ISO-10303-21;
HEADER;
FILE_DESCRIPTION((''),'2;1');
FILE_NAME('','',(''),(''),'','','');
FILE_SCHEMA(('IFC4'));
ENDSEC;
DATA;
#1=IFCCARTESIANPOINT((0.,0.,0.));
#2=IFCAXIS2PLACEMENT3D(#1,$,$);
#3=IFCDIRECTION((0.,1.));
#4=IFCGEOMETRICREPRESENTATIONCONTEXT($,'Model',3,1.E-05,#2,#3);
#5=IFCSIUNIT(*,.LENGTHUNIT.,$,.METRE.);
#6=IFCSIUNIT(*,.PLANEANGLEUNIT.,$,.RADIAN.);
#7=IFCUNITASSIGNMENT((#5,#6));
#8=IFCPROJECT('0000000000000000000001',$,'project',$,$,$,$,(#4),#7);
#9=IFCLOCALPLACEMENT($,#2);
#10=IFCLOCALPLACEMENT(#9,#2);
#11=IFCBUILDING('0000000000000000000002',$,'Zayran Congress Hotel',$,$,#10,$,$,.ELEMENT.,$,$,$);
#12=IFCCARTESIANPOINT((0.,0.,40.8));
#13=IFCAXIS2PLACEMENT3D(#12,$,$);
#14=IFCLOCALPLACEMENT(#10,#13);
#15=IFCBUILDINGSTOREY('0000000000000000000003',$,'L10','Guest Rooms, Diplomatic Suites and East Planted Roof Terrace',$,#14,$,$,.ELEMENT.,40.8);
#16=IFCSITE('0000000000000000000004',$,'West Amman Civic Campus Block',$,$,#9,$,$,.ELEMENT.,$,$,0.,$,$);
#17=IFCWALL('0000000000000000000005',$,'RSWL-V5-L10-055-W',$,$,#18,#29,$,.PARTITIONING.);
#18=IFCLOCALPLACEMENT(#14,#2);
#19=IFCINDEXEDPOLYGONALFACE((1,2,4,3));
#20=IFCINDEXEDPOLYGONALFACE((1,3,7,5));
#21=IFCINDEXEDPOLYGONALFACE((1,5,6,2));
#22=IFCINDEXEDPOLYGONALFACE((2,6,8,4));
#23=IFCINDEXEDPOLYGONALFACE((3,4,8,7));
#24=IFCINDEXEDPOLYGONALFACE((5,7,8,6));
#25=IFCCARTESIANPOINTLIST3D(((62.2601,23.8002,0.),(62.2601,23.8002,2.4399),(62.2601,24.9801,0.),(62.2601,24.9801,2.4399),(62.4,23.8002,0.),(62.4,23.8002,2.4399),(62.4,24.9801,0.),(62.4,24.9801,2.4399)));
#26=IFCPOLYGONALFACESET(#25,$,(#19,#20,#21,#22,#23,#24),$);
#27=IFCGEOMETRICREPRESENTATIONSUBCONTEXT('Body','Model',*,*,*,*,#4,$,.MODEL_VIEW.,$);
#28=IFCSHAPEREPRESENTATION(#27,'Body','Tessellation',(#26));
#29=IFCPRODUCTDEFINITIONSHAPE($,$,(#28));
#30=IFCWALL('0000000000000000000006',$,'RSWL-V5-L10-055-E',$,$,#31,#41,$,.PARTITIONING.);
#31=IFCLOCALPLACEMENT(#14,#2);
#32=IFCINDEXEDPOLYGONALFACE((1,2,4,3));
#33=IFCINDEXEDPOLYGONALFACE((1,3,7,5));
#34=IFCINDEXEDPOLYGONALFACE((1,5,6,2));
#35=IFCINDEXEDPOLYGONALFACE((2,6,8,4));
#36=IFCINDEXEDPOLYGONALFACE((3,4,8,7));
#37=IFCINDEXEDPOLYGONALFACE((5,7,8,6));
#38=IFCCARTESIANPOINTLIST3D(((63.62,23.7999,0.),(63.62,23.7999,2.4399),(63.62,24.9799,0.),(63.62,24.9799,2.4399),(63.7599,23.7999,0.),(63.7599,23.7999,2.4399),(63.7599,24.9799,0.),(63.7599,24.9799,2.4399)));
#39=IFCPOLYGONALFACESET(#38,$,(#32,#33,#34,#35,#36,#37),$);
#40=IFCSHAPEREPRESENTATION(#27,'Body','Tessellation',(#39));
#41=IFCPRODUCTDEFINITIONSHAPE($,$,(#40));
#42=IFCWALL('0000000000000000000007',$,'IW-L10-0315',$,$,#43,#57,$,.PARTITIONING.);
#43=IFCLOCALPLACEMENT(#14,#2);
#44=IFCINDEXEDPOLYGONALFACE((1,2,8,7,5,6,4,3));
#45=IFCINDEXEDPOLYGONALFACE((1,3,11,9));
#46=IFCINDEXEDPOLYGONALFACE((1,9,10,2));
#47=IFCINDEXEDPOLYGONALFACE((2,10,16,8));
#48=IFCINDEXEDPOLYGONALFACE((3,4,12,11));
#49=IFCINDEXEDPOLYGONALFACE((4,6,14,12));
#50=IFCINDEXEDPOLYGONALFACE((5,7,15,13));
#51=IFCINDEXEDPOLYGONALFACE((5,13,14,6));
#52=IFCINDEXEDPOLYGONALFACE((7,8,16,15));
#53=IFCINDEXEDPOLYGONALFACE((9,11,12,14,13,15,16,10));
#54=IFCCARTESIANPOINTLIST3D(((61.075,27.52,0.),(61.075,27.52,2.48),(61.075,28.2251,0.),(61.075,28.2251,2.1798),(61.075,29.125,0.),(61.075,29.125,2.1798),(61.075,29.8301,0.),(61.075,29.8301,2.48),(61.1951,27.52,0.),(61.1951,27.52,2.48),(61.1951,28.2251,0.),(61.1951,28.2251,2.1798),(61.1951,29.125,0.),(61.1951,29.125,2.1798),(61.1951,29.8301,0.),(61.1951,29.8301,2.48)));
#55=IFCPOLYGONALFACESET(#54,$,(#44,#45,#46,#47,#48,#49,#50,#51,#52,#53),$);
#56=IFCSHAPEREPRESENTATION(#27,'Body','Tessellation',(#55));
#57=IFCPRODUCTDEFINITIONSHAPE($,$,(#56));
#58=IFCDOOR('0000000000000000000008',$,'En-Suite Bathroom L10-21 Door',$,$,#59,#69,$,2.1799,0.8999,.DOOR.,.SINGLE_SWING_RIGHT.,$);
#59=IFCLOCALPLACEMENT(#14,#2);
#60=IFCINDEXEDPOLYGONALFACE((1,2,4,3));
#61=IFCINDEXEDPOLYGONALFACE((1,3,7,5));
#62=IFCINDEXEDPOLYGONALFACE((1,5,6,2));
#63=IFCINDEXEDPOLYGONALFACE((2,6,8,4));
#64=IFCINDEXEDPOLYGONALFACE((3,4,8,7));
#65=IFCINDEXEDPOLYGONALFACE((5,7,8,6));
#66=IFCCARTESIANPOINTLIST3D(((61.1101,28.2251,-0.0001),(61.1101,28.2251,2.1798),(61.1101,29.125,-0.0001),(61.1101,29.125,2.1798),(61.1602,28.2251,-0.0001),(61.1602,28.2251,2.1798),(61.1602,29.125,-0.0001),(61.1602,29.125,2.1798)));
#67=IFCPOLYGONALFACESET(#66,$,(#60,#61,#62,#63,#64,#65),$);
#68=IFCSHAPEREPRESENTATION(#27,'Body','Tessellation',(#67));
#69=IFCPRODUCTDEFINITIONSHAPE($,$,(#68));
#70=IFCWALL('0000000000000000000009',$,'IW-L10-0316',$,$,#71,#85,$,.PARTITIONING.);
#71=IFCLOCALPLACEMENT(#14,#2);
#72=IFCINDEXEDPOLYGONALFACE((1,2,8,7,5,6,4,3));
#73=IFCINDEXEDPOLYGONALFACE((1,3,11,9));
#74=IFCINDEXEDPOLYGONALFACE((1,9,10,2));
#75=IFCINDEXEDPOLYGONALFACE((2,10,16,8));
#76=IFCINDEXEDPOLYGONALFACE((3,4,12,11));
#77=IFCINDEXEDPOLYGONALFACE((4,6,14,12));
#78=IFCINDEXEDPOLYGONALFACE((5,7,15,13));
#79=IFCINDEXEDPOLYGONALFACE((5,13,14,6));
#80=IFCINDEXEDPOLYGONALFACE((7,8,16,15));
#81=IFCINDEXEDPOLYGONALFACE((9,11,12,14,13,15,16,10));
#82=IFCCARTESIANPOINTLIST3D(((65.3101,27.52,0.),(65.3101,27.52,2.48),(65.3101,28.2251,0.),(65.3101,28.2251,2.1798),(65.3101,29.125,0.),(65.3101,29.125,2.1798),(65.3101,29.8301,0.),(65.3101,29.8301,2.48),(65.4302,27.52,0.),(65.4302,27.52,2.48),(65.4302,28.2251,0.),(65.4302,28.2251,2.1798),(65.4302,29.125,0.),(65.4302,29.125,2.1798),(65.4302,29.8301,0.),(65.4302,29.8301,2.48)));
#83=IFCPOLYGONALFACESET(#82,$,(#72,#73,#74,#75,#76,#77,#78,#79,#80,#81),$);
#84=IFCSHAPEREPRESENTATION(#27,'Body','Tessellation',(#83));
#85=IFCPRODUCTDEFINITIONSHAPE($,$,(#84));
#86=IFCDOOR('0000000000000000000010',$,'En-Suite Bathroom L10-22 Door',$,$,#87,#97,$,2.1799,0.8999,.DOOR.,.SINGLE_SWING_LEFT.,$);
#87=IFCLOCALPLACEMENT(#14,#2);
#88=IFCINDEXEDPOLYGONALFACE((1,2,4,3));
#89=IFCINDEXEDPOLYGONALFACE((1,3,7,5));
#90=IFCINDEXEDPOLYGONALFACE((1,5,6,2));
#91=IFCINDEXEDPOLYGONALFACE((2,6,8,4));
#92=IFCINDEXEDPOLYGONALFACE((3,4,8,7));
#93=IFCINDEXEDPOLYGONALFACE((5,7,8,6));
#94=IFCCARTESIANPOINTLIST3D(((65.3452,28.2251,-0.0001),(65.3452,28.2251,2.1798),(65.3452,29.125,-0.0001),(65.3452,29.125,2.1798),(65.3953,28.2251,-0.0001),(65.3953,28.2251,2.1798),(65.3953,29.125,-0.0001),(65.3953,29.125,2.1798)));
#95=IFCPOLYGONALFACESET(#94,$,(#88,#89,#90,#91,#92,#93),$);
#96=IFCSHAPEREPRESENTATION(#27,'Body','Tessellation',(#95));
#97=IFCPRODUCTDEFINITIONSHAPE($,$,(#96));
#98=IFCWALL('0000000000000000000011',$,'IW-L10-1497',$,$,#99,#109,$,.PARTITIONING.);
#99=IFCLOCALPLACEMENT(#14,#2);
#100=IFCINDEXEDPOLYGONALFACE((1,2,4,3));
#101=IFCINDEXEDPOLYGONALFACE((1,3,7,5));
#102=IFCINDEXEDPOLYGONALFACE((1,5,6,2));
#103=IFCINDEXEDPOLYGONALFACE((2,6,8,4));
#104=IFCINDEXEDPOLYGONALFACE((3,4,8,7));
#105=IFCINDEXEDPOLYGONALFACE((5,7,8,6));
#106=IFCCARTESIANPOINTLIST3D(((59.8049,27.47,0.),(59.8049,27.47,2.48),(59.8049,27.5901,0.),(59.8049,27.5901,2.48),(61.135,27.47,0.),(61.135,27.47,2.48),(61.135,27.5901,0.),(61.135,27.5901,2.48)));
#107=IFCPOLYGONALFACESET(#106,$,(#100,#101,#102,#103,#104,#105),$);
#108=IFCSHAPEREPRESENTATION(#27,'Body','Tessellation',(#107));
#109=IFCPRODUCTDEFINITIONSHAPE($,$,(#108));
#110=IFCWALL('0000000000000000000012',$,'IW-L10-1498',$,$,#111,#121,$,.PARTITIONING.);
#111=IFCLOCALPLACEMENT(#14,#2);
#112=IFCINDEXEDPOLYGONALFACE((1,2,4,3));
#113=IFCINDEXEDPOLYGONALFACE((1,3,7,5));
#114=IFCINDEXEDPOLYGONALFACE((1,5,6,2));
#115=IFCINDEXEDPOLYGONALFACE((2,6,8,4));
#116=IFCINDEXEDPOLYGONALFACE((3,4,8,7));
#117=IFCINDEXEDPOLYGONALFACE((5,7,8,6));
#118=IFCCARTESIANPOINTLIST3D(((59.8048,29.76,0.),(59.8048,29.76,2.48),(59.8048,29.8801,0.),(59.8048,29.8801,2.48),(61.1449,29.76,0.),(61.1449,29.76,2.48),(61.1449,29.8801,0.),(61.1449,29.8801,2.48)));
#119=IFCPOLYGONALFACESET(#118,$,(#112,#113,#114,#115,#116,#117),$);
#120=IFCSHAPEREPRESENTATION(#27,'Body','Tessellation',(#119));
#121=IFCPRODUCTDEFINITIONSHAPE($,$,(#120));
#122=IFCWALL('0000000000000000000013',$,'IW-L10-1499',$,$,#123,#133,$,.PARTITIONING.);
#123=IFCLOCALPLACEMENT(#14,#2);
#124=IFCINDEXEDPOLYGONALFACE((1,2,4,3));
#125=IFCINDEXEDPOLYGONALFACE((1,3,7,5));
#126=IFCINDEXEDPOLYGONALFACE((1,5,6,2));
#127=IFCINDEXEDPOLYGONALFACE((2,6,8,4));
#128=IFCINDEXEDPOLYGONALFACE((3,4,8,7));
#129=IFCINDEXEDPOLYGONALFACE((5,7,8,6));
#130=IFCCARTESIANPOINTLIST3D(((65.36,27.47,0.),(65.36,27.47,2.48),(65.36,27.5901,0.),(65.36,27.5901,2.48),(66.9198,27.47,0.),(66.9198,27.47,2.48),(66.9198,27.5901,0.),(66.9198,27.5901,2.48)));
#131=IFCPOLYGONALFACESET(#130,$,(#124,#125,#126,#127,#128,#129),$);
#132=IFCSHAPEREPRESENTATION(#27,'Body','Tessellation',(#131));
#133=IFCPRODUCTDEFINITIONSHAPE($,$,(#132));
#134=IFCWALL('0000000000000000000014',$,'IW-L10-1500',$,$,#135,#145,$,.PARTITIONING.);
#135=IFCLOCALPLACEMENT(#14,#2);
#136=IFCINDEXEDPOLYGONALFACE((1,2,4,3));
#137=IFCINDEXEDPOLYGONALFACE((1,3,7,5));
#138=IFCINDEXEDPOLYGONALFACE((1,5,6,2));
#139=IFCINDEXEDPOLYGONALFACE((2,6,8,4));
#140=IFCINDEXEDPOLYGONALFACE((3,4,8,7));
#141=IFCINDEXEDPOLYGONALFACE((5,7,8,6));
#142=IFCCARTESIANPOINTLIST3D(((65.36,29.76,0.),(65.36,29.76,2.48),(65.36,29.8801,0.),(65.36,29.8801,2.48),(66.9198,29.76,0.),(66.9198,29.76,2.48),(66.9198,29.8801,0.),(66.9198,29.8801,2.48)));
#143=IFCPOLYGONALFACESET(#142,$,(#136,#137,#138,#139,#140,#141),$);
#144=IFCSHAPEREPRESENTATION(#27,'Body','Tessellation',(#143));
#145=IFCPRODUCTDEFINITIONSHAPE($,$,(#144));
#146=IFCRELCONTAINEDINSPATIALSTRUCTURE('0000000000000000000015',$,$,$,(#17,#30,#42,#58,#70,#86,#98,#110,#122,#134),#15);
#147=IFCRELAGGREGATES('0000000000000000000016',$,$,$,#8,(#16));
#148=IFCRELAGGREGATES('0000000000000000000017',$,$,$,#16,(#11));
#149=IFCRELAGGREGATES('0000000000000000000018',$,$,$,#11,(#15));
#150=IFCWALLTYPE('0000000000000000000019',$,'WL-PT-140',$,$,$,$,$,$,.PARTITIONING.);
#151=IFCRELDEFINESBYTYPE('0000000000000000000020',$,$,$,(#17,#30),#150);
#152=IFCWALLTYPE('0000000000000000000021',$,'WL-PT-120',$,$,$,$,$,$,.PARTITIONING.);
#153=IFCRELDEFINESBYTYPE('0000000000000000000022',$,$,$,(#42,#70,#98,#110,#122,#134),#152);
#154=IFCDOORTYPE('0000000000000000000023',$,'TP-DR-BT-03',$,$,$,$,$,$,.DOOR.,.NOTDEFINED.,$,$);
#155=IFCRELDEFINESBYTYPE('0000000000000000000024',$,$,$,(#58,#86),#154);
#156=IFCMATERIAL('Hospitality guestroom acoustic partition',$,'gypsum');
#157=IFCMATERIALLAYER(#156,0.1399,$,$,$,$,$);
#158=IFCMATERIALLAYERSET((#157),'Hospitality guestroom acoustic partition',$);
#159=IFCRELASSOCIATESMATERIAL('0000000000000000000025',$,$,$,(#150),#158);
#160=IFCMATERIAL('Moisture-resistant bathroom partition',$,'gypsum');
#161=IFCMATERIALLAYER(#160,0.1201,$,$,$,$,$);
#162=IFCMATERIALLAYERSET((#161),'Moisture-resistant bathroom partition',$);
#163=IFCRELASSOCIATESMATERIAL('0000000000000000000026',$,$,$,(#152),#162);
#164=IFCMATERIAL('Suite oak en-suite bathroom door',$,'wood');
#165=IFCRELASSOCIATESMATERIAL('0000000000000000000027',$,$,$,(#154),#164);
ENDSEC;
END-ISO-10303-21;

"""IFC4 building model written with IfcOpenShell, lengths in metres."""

from ifc_helpers import new_model, si_unit, direction, frame, frame_2d, origin, place, context, subcontext, project, spatial, rectangle, extrude, material, layer, layer_set, type_object, element, fill, save


model = new_model("IFC4")

# Units and contexts
model_context = context("Model", 3, precision=1e-05, world=origin(), true_north=direction((0.0, 1.0)))
body_context = subcontext(model_context, "Body", "Model", "MODEL_VIEW")
ifc_project = project(units=[si_unit("LENGTHUNIT", "METRE"), si_unit("PLANEANGLEUNIT", "RADIAN")], contexts=[model_context])

# Site, building, storey
site_placement = place(None, origin())
site = spatial("IfcSite", under=ifc_project, at=site_placement, Name="West Amman Civic Campus Block", CompositionType="ELEMENT", RefElevation=0.0)
building_placement = place(site_placement, origin())
building = spatial("IfcBuilding", under=site, at=building_placement, Name="Zayran Congress Hotel", CompositionType="ELEMENT")
storey_placement = place(building_placement, frame((0.0, 0.0, 40.8)))
storey = spatial("IfcBuildingStorey", under=building, at=storey_placement, Name="L10", Description="Guest Rooms, Diplomatic Suites and East Planted Roof Terrace", CompositionType="ELEMENT", Elevation=40.8)

# Shared definitions
ifc_material_1 = material(Name="Hospitality guestroom acoustic partition", Category="gypsum")
ifc_layer_1 = layer(ifc_material_1, 0.1399)
ifc_layer_set_1 = layer_set([ifc_layer_1], Name="Hospitality guestroom acoustic partition")
wall_type_1 = type_object("IfcWallType", Name="WL-PT-140", PredefinedType="PARTITIONING", material=ifc_layer_set_1)

# Walls
for number, where, z_axis, x_axis, name in (
    (1, (62.3301, 24.98, 0.0), (0.0, 0.0, 1.0), (0.0, -1.0, 0.0), "RSWL-V5-L10-055-W"),
    (2, (63.6899, 23.8, 0.0), (0.0, 0.0, 1.0), (0.0, 1.0, 0.0), "RSWL-V5-L10-055-E"),
):
    element("IfcWall", number, at=place(storey_placement, frame(where, z_axis=z_axis, x_axis=x_axis)), inside=storey, type_object=wall_type_1, Name=name, PredefinedType="PARTITIONING", context=body_context, shape_type="SweptSolid", body=[
        extrude(rectangle(XDim=1.1799, YDim=0.1399, at=frame_2d((0.5898, 0.0))), origin(), (0.0, 0.0, 1.0), 2.4399),
    ])

# Walls, openings, doors
ifc_material_2 = material(Name="Moisture-resistant bathroom partition", Category="gypsum")
ifc_layer_2 = layer(ifc_material_2, 0.1201)
ifc_layer_set_2 = layer_set([ifc_layer_2], Name="Moisture-resistant bathroom partition")
wall_type_2 = type_object("IfcWallType", Name="WL-PT-120", PredefinedType="PARTITIONING", material=ifc_layer_set_2)
wall_1_placement = place(storey_placement, frame((61.135, 27.52, 0.0), z_axis=(0.0, 0.0, 1.0), x_axis=(0.0, 1.0, 0.0)))
wall_1 = element("IfcWall", 3, at=wall_1_placement, inside=storey, type_object=wall_type_2, Name="IW-L10-0315", PredefinedType="PARTITIONING", context=body_context, shape_type="SweptSolid", body=[
    extrude(rectangle(XDim=2.3101, YDim=0.1201, at=frame_2d((1.155, 0.0))), origin(), (0.0, 0.0, 1.0), 2.48),
])
opening_1_placement = place(wall_1_placement, frame((0.7051, 0.0, 0.0)))
opening_1 = element("IfcOpeningElement", 4, at=opening_1_placement, cuts=wall_1, PredefinedType="OPENING", context=body_context, shape_type="SweptSolid", body=[
    extrude(rectangle(XDim=0.8999, YDim=2.1799, at=frame_2d((0.45, 1.0898))), frame((0.0, 0.0701, 0.0), z_axis=(0.0, -1.0, 0.0), x_axis=(1.0, 0.0, 0.0)), (0.0, 0.0, 1.0), 0.1401),
])
ifc_material_3 = material(Name="Suite oak en-suite bathroom door", Category="wood")
door_type_1 = type_object("IfcDoorType", Name="TP-DR-BT-03", OperationType="NOTDEFINED", PredefinedType="DOOR", material=ifc_material_3)
door_1_placement = place(opening_1_placement, origin())
door_1 = element("IfcDoor", 5, at=door_1_placement, inside=storey, type_object=door_type_1, Name="En-Suite Bathroom L10-21 Door", OperationType="SINGLE_SWING_RIGHT", OverallHeight=2.1799, OverallWidth=0.8999, PredefinedType="DOOR", context=body_context, shape_type="SweptSolid", body=[
    extrude(rectangle(XDim=0.8999, YDim=2.1799, at=frame_2d((0.45, 1.0898))), frame((0.0, 0.0249, 0.0), z_axis=(0.0, -1.0, 0.0), x_axis=(1.0, 0.0, 0.0)), (0.0, 0.0, 1.0), 0.05),
])
fill(opening_1, door_1)
wall_2_placement = place(storey_placement, frame((65.3701, 27.52, 0.0), z_axis=(0.0, 0.0, 1.0), x_axis=(0.0, 1.0, 0.0)))
wall_2 = element("IfcWall", 6, at=wall_2_placement, inside=storey, type_object=wall_type_2, Name="IW-L10-0316", PredefinedType="PARTITIONING", context=body_context, shape_type="SweptSolid", body=[
    extrude(rectangle(XDim=2.3101, YDim=0.1201, at=frame_2d((1.155, 0.0))), origin(), (0.0, 0.0, 1.0), 2.48),
])
opening_2_placement = place(wall_2_placement, frame((0.7051, 0.0, 0.0)))
opening_2 = element("IfcOpeningElement", 7, at=opening_2_placement, cuts=wall_2, PredefinedType="OPENING", context=body_context, shape_type="SweptSolid", body=[
    extrude(rectangle(XDim=0.8999, YDim=2.1799, at=frame_2d((0.45, 1.0898))), frame((0.0, 0.0701, 0.0), z_axis=(0.0, -1.0, 0.0), x_axis=(1.0, 0.0, 0.0)), (0.0, 0.0, 1.0), 0.1401),
])
door_2_placement = place(opening_2_placement, origin())
door_2 = element("IfcDoor", 8, at=door_2_placement, inside=storey, type_object=door_type_1, Name="En-Suite Bathroom L10-22 Door", OperationType="SINGLE_SWING_LEFT", OverallHeight=2.1799, OverallWidth=0.8999, PredefinedType="DOOR", context=body_context, shape_type="SweptSolid", body=[
    extrude(rectangle(XDim=0.8999, YDim=2.1799, at=frame_2d((0.45, 1.0898))), frame((0.0, 0.0249, 0.0), z_axis=(0.0, -1.0, 0.0), x_axis=(1.0, 0.0, 0.0)), (0.0, 0.0, 1.0), 0.05),
])
fill(opening_2, door_2)

# Walls
wall_3_placement = place(storey_placement, frame((59.8049, 27.53, 0.0), z_axis=(0.0, 0.0, 1.0), x_axis=(1.0, 0.0, 0.0)))
element("IfcWall", 9, at=wall_3_placement, inside=storey, type_object=wall_type_2, Name="IW-L10-1497", PredefinedType="PARTITIONING", context=body_context, shape_type="SweptSolid", body=[
    extrude(rectangle(XDim=1.3301, YDim=0.1201, at=frame_2d((0.665, 0.0))), origin(), (0.0, 0.0, 1.0), 2.48),
])
wall_4_placement = place(storey_placement, frame((59.8049, 29.8201, 0.0), z_axis=(0.0, 0.0, 1.0), x_axis=(1.0, 0.0, 0.0)))
element("IfcWall", 10, at=wall_4_placement, inside=storey, type_object=wall_type_2, Name="IW-L10-1498", PredefinedType="PARTITIONING", context=body_context, shape_type="SweptSolid", body=[
    extrude(rectangle(XDim=1.3401, YDim=0.1201, at=frame_2d((0.6699, 0.0))), origin(), (0.0, 0.0, 1.0), 2.48),
])
for number, where, z_axis, x_axis, name in (
    (11, (65.3601, 27.53, 0.0), (0.0, 0.0, 1.0), (1.0, 0.0, 0.0), "IW-L10-1499"),
    (12, (65.3601, 29.8201, 0.0), (0.0, 0.0, 1.0), (1.0, 0.0, 0.0), "IW-L10-1500"),
):
    element("IfcWall", number, at=place(storey_placement, frame(where, z_axis=z_axis, x_axis=x_axis)), inside=storey, type_object=wall_type_2, Name=name, PredefinedType="PARTITIONING", context=body_context, shape_type="SweptSolid", body=[
        extrude(rectangle(XDim=1.5598, YDim=0.1201, at=frame_2d((0.7798, 0.0))), origin(), (0.0, 0.0, 1.0), 2.48),
    ])

save(model, "model.ifc")
